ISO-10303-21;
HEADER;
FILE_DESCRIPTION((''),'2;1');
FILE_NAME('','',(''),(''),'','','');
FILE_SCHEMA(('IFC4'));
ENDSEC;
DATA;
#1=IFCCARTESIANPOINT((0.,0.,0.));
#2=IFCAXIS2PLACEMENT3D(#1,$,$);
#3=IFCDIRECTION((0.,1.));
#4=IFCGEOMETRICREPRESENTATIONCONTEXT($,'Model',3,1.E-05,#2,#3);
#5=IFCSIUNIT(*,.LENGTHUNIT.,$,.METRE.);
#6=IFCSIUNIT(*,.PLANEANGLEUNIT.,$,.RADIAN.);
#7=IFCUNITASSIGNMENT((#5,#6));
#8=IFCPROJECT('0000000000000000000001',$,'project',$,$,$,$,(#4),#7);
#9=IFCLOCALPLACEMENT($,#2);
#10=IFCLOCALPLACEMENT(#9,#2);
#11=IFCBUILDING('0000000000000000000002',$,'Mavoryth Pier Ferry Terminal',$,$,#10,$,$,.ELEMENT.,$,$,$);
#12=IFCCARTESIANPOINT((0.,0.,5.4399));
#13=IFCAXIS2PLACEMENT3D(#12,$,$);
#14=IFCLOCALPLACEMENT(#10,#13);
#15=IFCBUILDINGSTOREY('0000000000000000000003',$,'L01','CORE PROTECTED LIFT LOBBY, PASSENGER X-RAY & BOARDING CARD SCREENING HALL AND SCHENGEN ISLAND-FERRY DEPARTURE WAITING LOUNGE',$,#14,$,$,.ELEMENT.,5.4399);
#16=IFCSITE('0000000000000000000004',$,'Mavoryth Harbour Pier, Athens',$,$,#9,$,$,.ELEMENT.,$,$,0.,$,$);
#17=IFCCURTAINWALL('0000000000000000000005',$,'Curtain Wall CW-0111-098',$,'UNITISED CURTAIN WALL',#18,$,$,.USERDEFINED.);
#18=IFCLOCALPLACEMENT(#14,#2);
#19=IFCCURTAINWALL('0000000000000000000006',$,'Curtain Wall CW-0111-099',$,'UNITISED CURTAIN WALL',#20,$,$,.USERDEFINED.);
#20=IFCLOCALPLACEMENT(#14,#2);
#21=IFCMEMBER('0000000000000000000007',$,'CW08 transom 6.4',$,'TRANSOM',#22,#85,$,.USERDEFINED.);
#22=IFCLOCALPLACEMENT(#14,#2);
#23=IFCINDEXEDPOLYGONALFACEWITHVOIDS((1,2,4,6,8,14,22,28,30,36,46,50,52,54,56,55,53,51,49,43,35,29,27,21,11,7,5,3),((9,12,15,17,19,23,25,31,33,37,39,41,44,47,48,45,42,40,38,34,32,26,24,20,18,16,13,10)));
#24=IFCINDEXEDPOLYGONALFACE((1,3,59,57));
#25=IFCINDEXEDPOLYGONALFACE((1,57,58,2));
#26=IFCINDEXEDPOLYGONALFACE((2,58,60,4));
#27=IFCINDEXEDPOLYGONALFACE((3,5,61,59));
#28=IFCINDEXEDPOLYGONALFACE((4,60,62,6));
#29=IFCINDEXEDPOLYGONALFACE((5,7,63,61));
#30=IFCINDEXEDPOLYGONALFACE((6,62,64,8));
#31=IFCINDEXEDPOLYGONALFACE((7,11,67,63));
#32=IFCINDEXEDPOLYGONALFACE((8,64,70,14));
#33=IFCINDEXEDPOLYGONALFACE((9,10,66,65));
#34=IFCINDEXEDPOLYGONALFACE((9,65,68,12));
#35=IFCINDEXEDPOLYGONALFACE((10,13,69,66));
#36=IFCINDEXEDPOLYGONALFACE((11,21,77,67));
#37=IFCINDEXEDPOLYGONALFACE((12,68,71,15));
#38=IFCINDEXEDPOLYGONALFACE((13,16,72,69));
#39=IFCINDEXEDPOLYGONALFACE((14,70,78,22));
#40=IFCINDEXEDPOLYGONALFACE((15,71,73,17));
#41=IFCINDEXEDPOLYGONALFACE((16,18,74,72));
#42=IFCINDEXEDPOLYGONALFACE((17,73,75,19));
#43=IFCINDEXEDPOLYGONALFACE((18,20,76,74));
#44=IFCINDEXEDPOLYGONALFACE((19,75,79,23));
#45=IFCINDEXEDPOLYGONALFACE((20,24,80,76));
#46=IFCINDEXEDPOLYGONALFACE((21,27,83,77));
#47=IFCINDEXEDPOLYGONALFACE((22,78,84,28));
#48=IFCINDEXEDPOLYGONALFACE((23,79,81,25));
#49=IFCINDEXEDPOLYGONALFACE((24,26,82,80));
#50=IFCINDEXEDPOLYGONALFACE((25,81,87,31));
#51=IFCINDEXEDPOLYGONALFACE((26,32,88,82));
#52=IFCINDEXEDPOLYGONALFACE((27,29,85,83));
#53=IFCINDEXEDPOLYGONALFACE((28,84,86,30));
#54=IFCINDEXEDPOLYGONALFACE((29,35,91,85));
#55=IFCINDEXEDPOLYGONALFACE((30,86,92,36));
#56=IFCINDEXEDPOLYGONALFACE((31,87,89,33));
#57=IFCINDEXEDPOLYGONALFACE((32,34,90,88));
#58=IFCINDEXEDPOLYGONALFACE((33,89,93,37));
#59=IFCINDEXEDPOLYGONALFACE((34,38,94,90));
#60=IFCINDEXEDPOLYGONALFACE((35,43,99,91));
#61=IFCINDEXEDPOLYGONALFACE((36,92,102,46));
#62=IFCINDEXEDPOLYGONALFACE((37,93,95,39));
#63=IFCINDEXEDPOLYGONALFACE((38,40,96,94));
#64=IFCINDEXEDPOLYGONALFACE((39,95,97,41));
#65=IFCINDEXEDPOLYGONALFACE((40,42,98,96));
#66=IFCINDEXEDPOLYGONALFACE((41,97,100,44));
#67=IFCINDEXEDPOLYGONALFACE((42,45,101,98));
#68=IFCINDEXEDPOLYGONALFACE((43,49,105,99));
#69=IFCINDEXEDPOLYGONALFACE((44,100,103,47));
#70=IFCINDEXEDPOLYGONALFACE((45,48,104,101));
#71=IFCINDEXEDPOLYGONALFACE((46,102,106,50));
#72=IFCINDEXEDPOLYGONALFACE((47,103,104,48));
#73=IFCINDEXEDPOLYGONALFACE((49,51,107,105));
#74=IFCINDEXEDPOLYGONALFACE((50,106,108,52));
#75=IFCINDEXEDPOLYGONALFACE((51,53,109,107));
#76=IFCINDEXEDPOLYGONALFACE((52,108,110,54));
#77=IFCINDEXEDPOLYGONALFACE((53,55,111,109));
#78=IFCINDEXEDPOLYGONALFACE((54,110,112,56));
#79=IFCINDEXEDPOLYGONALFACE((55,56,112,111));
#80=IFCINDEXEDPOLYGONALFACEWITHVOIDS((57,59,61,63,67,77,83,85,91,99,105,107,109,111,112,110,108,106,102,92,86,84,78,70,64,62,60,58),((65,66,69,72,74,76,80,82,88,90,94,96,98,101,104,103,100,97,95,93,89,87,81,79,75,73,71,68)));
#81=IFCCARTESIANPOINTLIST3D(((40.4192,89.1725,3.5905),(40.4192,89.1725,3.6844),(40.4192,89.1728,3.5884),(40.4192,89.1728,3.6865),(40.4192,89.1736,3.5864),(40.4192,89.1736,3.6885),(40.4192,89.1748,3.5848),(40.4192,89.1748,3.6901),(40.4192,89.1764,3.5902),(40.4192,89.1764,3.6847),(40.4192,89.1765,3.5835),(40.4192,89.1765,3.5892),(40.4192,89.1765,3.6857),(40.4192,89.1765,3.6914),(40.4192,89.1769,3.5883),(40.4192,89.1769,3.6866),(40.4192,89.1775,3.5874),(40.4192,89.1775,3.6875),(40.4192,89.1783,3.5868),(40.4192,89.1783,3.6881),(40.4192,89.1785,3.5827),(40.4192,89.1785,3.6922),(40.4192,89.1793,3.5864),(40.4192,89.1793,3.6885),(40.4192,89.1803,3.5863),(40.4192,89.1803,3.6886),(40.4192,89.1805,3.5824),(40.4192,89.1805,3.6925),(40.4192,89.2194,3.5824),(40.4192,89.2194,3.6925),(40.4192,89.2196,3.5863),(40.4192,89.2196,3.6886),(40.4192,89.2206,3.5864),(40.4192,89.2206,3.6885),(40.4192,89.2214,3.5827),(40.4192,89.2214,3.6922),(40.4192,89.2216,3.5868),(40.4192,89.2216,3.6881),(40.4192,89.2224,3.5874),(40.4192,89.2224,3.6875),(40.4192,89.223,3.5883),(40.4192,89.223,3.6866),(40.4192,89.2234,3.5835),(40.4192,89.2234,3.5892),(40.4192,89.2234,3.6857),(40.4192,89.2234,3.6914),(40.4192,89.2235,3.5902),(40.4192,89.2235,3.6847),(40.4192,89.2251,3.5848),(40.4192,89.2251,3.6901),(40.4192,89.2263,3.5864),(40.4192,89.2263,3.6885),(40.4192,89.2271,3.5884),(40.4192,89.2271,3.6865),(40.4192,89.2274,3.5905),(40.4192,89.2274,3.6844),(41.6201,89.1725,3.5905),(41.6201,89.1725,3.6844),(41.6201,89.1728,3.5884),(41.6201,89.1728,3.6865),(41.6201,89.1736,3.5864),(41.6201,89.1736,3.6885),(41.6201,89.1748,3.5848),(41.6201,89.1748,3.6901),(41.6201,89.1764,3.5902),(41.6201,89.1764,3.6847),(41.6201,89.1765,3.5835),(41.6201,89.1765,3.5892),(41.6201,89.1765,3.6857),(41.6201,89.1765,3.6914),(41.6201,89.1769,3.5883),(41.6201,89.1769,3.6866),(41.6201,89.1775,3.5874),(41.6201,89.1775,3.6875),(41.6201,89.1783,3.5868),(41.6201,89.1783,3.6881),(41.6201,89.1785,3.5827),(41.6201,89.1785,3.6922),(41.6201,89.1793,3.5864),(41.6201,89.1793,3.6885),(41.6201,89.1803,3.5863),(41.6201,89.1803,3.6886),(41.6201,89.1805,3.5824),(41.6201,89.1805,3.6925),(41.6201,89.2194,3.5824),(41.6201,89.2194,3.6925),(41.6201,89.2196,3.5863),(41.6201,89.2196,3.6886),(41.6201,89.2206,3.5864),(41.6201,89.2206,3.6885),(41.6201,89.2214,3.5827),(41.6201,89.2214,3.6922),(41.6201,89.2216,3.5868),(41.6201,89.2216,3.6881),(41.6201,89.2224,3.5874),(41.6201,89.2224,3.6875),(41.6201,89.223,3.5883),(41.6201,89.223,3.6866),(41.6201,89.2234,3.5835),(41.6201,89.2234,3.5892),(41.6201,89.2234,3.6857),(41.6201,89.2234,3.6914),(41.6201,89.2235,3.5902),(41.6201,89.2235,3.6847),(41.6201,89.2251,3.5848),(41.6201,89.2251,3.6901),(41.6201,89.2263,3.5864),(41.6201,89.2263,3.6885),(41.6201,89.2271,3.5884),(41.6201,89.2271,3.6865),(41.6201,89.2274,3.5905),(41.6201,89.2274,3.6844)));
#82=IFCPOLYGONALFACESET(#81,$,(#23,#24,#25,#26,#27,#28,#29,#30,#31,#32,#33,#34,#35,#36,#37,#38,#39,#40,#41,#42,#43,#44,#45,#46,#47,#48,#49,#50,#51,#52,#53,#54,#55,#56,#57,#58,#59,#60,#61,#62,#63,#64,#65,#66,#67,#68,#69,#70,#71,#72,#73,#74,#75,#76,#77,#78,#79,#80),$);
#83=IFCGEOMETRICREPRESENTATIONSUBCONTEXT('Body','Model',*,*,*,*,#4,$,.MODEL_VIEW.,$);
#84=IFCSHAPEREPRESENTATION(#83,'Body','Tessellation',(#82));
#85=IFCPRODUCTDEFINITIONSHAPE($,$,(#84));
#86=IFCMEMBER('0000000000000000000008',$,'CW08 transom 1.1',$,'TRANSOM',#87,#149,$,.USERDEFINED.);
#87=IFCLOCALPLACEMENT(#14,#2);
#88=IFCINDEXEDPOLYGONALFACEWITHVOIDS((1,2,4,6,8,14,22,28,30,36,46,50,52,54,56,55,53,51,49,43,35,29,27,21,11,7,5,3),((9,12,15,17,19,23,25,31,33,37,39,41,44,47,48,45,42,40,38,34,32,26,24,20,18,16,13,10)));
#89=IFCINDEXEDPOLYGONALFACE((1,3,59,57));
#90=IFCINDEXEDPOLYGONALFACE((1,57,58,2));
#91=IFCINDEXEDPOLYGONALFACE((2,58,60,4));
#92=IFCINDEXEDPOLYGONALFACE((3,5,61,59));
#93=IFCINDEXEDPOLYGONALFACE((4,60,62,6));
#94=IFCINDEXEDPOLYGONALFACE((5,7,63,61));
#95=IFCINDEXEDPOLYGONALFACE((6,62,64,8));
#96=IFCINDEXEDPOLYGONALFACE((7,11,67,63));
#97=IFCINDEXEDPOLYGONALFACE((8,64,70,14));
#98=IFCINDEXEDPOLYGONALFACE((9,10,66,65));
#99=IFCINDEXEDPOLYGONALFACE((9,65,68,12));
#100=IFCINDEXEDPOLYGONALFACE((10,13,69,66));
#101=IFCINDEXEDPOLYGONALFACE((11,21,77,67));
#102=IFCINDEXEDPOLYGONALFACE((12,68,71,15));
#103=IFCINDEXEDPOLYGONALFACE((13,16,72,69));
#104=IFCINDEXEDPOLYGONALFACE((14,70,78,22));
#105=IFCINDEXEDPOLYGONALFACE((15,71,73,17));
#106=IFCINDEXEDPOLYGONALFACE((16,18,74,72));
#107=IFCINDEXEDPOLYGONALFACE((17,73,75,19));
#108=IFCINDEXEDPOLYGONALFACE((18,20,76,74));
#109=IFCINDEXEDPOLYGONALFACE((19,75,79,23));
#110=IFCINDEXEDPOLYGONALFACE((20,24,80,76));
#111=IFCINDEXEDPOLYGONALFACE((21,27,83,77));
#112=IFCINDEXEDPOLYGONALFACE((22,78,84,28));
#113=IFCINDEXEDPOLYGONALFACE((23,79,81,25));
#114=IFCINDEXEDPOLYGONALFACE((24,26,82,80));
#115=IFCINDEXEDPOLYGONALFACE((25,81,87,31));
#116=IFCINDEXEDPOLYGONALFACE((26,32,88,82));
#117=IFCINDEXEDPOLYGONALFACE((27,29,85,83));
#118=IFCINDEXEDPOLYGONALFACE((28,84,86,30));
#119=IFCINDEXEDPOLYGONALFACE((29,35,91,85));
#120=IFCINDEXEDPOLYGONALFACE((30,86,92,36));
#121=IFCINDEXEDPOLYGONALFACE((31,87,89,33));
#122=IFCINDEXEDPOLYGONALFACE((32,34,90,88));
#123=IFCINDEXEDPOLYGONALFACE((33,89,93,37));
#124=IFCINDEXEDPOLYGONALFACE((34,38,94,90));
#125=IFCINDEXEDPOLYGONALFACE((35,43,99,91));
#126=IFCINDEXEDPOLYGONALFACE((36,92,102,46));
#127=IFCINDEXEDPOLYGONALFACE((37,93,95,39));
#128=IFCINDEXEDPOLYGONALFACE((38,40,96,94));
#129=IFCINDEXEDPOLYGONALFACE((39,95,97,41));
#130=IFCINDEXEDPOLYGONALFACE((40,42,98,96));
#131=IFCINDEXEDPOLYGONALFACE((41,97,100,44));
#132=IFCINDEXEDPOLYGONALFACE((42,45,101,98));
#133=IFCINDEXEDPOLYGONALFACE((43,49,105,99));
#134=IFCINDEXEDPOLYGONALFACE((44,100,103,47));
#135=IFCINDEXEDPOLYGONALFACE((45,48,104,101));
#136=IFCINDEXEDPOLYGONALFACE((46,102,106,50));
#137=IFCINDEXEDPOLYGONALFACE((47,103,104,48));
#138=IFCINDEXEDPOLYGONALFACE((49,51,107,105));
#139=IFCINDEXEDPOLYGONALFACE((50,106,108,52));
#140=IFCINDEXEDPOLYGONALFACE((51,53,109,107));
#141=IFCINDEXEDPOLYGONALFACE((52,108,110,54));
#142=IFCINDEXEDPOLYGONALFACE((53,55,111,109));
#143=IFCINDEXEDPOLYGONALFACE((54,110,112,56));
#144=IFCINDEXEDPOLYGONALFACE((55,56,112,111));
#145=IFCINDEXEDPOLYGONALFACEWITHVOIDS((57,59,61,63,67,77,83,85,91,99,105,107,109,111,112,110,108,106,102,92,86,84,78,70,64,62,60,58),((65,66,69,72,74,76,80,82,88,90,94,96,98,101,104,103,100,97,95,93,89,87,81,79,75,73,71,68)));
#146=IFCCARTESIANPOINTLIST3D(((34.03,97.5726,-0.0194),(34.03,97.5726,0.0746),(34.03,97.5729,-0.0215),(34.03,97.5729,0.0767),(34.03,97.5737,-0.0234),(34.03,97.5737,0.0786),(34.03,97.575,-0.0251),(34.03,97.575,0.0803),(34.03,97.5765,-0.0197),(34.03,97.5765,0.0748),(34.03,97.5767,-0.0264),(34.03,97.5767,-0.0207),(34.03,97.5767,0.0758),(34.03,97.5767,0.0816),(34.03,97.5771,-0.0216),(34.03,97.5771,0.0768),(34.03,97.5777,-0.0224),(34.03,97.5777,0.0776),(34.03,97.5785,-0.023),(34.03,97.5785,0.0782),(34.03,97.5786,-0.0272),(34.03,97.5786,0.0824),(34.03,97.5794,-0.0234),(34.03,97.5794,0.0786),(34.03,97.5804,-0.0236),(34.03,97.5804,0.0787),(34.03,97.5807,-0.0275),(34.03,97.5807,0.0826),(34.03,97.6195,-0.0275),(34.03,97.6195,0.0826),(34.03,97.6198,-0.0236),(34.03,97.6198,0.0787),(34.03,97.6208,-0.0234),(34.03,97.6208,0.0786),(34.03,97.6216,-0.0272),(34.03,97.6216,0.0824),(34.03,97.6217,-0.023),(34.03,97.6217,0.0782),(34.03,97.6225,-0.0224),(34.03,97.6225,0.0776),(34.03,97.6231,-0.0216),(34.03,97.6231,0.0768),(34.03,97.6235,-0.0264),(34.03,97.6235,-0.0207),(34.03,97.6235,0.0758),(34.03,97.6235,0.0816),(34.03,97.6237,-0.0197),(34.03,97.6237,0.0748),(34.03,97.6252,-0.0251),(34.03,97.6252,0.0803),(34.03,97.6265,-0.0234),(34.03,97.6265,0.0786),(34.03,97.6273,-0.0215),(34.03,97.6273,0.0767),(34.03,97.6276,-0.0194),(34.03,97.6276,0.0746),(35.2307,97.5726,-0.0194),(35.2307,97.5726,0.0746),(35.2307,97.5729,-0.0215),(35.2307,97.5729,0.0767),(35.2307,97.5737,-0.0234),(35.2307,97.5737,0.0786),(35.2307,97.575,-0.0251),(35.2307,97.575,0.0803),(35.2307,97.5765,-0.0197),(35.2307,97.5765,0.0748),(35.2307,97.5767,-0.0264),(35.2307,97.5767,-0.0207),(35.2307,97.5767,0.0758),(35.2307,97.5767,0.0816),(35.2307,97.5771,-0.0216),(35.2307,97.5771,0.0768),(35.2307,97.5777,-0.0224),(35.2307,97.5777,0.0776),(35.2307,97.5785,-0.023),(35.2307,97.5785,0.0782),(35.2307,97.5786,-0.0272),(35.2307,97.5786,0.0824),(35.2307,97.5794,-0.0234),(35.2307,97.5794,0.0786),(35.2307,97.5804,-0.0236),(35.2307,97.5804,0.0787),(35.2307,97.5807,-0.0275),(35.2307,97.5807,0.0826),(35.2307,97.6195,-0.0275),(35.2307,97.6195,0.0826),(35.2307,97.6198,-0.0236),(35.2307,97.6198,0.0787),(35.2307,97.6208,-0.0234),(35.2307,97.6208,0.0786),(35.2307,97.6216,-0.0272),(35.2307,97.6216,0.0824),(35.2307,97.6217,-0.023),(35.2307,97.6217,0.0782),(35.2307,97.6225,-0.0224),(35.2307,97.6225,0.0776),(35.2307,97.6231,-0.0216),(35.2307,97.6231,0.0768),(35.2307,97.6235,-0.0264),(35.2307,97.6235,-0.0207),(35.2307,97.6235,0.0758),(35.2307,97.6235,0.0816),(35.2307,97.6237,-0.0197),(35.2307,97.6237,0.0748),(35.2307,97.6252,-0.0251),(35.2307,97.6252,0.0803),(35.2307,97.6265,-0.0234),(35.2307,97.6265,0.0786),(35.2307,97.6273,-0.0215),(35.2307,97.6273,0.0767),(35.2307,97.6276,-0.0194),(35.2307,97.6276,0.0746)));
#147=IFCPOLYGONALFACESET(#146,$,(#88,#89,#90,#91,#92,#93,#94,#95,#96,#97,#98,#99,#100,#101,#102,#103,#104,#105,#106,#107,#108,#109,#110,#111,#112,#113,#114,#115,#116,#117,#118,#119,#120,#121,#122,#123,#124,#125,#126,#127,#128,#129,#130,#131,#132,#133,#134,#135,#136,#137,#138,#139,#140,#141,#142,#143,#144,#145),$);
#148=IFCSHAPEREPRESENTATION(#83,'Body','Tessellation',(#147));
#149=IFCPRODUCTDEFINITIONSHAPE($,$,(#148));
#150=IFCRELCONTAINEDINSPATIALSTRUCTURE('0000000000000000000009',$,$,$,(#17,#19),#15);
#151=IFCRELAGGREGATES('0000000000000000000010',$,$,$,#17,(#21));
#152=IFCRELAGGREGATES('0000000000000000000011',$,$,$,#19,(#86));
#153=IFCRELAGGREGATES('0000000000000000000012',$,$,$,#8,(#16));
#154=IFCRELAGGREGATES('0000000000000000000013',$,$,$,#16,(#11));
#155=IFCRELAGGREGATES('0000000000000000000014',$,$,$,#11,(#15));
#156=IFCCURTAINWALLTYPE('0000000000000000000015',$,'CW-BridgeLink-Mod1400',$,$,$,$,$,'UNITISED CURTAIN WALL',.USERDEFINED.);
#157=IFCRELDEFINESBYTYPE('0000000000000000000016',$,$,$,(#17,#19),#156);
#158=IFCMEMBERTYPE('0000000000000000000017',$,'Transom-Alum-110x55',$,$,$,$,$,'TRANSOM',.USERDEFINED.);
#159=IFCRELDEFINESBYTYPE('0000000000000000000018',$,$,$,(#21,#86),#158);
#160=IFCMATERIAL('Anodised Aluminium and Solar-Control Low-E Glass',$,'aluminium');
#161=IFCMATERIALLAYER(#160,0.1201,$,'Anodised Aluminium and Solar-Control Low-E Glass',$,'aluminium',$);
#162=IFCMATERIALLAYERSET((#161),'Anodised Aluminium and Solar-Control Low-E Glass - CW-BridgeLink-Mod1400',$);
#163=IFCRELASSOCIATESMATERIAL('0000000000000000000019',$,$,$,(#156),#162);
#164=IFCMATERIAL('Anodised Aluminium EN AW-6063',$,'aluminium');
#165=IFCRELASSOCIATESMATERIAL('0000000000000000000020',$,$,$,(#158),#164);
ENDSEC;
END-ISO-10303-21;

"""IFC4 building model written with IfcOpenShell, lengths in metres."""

from ifc_helpers import new_model, si_unit, direction, frame, origin, origin_2d, place, context, subcontext, project, spatial, hollow_rectangle, extrude, material, layer, layer_set, material_profile, profile_set, type_object, element, aggregate, save


model = new_model("IFC4")

# Units and contexts
model_context = context("Model", 3, precision=1e-05, world=origin(), true_north=direction((0.0, 1.0)))
body_context = subcontext(model_context, "Body", "Model", "MODEL_VIEW")
ifc_project = project(units=[si_unit("LENGTHUNIT", "METRE"), si_unit("PLANEANGLEUNIT", "RADIAN")], contexts=[model_context])

# Site, building, storey
site_placement = place(None, origin())
site = spatial("IfcSite", under=ifc_project, at=site_placement, Name="Mavoryth Harbour Pier, Athens", CompositionType="ELEMENT", RefElevation=0.0)
building_placement = place(site_placement, origin())
building = spatial("IfcBuilding", under=site, at=building_placement, Name="Mavoryth Pier Ferry Terminal", CompositionType="ELEMENT")
storey_placement = place(building_placement, frame((0.0, 0.0, 5.4399)))
storey = spatial("IfcBuildingStorey", under=building, at=storey_placement, Name="L01", Description="CORE PROTECTED LIFT LOBBY, PASSENGER X-RAY & BOARDING CARD SCREENING HALL AND SCHENGEN ISLAND-FERRY DEPARTURE WAITING LOUNGE", CompositionType="ELEMENT", Elevation=5.4399)

# Curtain wall
ifc_material_1 = material(Name="Anodised Aluminium and Solar-Control Low-E Glass", Category="aluminium")
ifc_layer_1 = layer(ifc_material_1, 0.1201, Name="Anodised Aluminium and Solar-Control Low-E Glass", Category="aluminium")
ifc_layer_set_1 = layer_set([ifc_layer_1], Name="Anodised Aluminium and Solar-Control Low-E Glass - CW-BridgeLink-Mod1400")
curtain_wall_type = type_object("IfcCurtainWallType", Name="CW-BridgeLink-Mod1400", ElementType="UNITISED CURTAIN WALL", PredefinedType="USERDEFINED", material=ifc_layer_set_1)
curtain_wall_1_placement = place(storey_placement, origin())
curtain_wall_1 = element("IfcCurtainWall", 1, at=curtain_wall_1_placement, inside=storey, type_object=curtain_wall_type, Name="Curtain Wall CW-0111-098", ObjectType="UNITISED CURTAIN WALL", PredefinedType="USERDEFINED")
ifc_material_2 = material(Name="Anodised Aluminium EN AW-6063", Category="aluminium")

# Curtain wall
curtain_wall_2_placement = place(storey_placement, origin())
curtain_wall_2 = element("IfcCurtainWall", 2, at=curtain_wall_2_placement, inside=storey, type_object=curtain_wall_type, Name="Curtain Wall CW-0111-099", ObjectType="UNITISED CURTAIN WALL", PredefinedType="USERDEFINED")

# Members
ifc_material_profile_1 = material_profile(ifc_material_2, hollow_rectangle(XDim=0.0549, YDim=0.1101, WallThickness=0.0039, InnerFilletRadius=0.0039, OuterFilletRadius=0.0081, at=origin_2d()), Name="AL-TRAN 110x55x4", Category="aluminium")
ifc_profile_set_1 = profile_set([ifc_material_profile_1], Name="Anodised Aluminium EN AW-6063 - AL-TRAN 110x55x4")
member_type_1 = type_object("IfcMemberType", Name="Transom-Alum-110x55", ElementType="TRANSOM", PredefinedType="USERDEFINED", material=ifc_profile_set_1)
member_1_placement = place(storey_placement, frame((40.4192, 89.2, 3.6375), z_axis=(1.0, 0.0, 0.0), x_axis=(0.0, 1.0, 0.0)))
member_1 = element("IfcMember", 3, at=member_1_placement, type_object=member_type_1, Name="CW08 transom 6.4", ObjectType="TRANSOM", PredefinedType="USERDEFINED", context=body_context, shape_type="SweptSolid", body=[
    extrude(hollow_rectangle(XDim=0.0549, YDim=0.1101, WallThickness=0.0039, InnerFilletRadius=0.0039, OuterFilletRadius=0.0081, at=origin_2d()), origin(), (0.0, 0.0, 1.0), 1.2009),
])
member_2_placement = place(storey_placement, frame((34.03, 97.6001, 0.0276), z_axis=(1.0, 0.0, 0.0), x_axis=(0.0, 1.0, 0.0)))
member_2 = element("IfcMember", 4, at=member_2_placement, type_object=member_type_1, Name="CW08 transom 1.1", ObjectType="TRANSOM", PredefinedType="USERDEFINED", context=body_context, shape_type="SweptSolid", body=[
    extrude(hollow_rectangle(XDim=0.0549, YDim=0.1101, WallThickness=0.0039, InnerFilletRadius=0.0039, OuterFilletRadius=0.0081, at=origin_2d()), origin(), (0.0, 0.0, 1.0), 1.2007),
])

aggregate(curtain_wall_1, [member_1])
aggregate(curtain_wall_2, [member_2])

save(model, "model.ifc")
